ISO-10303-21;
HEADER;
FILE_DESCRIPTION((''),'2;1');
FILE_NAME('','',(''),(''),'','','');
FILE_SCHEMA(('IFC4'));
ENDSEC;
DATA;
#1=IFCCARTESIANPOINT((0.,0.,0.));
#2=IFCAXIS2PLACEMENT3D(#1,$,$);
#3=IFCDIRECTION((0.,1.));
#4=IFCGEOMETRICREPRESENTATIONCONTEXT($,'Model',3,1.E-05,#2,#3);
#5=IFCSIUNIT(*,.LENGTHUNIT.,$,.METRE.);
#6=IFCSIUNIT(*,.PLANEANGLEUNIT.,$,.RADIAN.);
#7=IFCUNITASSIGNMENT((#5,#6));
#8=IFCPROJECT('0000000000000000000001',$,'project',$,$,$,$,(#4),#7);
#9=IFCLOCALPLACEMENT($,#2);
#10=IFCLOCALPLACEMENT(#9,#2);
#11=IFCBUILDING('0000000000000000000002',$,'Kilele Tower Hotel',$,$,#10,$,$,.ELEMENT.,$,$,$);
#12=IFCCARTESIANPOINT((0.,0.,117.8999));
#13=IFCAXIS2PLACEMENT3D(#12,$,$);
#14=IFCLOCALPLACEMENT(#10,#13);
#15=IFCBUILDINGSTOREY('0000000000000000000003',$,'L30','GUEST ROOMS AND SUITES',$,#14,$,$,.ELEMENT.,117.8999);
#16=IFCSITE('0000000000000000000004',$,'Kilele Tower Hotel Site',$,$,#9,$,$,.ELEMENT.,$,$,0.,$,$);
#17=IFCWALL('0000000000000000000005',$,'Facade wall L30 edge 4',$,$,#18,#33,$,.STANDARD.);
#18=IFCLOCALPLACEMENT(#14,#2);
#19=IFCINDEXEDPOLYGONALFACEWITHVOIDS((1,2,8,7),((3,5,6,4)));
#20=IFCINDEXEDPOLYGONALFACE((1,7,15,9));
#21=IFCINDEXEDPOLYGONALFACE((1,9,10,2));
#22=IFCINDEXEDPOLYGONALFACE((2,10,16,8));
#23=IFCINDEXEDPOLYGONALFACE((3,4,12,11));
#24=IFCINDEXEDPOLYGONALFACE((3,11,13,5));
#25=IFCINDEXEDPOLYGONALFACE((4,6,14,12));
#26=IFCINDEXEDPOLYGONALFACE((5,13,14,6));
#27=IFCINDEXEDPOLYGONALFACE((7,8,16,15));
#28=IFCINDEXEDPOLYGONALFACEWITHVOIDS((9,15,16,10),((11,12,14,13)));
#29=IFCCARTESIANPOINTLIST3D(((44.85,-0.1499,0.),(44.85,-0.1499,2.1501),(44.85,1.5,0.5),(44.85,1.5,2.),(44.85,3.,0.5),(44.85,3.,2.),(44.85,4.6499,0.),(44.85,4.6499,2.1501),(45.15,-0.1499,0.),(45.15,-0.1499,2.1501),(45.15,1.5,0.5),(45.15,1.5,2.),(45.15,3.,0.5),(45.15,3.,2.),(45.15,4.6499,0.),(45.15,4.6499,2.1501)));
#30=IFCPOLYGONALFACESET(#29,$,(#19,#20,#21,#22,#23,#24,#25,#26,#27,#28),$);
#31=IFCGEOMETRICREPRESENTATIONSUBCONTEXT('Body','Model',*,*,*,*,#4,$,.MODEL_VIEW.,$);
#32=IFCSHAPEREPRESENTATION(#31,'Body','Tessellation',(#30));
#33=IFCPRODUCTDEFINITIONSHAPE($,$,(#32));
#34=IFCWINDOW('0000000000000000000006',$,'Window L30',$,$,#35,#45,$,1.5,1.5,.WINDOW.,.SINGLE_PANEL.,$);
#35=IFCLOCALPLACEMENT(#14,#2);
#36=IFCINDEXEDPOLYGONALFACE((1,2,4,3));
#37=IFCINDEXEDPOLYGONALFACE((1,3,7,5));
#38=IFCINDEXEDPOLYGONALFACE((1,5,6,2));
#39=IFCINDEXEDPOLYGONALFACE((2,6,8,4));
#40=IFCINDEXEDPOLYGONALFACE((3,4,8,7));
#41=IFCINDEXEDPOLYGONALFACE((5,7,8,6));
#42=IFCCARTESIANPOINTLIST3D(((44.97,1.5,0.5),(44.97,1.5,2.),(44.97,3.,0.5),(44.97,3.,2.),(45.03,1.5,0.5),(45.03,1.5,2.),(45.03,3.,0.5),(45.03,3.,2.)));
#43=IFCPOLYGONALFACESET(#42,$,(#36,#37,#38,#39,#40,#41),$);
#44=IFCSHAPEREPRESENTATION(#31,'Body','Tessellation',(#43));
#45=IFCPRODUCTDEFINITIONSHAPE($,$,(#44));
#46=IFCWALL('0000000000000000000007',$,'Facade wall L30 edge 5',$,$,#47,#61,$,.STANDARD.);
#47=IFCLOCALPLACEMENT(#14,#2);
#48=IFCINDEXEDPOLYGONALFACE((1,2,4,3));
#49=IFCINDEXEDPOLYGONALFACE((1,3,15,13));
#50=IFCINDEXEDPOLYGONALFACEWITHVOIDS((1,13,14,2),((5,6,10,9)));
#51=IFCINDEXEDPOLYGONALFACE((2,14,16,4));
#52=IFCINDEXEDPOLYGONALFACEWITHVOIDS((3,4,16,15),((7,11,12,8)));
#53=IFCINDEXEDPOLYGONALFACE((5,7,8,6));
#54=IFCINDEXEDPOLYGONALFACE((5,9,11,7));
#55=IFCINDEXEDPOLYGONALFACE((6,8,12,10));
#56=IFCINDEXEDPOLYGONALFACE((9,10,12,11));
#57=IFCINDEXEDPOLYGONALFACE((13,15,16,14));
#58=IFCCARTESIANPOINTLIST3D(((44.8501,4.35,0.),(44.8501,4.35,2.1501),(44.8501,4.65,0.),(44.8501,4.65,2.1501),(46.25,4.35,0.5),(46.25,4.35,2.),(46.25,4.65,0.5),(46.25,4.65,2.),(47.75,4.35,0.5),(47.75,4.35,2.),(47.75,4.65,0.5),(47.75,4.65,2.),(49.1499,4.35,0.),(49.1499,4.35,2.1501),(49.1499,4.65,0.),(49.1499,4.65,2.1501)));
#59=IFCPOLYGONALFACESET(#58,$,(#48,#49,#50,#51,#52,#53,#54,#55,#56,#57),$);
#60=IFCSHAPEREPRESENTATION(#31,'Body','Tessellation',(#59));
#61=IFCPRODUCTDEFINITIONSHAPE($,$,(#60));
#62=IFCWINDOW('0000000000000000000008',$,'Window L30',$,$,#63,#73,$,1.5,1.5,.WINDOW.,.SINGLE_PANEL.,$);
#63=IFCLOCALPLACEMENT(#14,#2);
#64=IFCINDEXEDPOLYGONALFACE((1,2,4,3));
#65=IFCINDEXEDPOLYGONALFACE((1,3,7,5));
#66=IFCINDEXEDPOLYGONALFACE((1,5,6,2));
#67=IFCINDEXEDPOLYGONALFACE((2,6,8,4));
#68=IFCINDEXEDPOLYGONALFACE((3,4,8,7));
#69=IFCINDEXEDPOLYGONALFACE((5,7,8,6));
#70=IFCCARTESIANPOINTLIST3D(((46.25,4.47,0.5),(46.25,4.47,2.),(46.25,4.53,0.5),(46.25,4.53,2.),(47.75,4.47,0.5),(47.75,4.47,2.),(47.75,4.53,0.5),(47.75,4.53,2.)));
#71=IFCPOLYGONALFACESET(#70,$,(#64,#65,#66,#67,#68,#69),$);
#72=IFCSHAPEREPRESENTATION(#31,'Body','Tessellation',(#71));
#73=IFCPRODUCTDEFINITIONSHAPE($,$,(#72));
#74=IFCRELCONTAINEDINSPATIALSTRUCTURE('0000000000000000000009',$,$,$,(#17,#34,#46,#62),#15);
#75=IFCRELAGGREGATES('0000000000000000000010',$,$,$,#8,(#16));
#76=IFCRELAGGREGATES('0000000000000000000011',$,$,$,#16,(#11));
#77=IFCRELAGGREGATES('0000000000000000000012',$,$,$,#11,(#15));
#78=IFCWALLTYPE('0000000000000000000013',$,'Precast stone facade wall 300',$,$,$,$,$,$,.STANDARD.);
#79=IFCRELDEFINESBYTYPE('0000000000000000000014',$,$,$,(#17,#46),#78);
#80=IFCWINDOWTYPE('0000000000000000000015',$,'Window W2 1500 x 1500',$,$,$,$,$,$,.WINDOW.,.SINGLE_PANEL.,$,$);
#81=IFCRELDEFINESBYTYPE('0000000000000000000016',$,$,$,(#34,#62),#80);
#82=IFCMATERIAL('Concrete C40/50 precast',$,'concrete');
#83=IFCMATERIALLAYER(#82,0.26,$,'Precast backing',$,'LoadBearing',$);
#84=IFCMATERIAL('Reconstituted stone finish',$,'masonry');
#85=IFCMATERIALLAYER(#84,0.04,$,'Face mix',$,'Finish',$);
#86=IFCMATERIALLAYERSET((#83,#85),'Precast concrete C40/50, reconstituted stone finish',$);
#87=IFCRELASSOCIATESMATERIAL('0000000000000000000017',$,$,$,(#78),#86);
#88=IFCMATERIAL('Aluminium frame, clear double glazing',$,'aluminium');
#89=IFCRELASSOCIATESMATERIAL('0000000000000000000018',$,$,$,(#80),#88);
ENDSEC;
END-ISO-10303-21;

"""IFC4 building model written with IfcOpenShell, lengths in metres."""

from ifc_helpers import new_model, si_unit, direction, frame, frame_2d, origin, place, context, subcontext, project, spatial, rectangle, extrude, material, layer, layer_set, type_object, element, fill, save


model = new_model("IFC4")

# Units and contexts
model_context = context("Model", 3, precision=1e-05, world=origin(), true_north=direction((0.0, 1.0)))
body_context = subcontext(model_context, "Body", "Model", "MODEL_VIEW")
ifc_project = project(units=[si_unit("LENGTHUNIT", "METRE"), si_unit("PLANEANGLEUNIT", "RADIAN")], contexts=[model_context])

# Site, building, storey
site_placement = place(None, origin())
site = spatial("IfcSite", under=ifc_project, at=site_placement, Name="Kilele Tower Hotel Site", CompositionType="ELEMENT", RefElevation=0.0)
building_placement = place(site_placement, origin())
building = spatial("IfcBuilding", under=site, at=building_placement, Name="Kilele Tower Hotel", CompositionType="ELEMENT")
storey_placement = place(building_placement, frame((0.0, 0.0, 117.8999)))
storey = spatial("IfcBuildingStorey", under=building, at=storey_placement, Name="L30", Description="GUEST ROOMS AND SUITES", CompositionType="ELEMENT", Elevation=117.8999)

# Walls, openings, windows
ifc_material_1 = material(Name="Concrete C40/50 precast", Category="concrete")
ifc_layer_1 = layer(ifc_material_1, 0.26, Name="Precast backing", Category="LoadBearing")
ifc_material_2 = material(Name="Reconstituted stone finish", Category="masonry")
ifc_layer_2 = layer(ifc_material_2, 0.04, Name="Face mix", Category="Finish")
ifc_layer_set_1 = layer_set([ifc_layer_1, ifc_layer_2], Name="Precast concrete C40/50, reconstituted stone finish")
wall_type_1 = type_object("IfcWallType", Name="Precast stone facade wall 300", PredefinedType="STANDARD", material=ifc_layer_set_1)
wall_1_placement = place(storey_placement, frame((45.0, -0.1499, 0.0), z_axis=(0.0, 0.0, 1.0), x_axis=(0.0, 1.0, 0.0)))
wall_1 = element("IfcWall", 1, at=wall_1_placement, inside=storey, type_object=wall_type_1, Name="Facade wall L30 edge 4", PredefinedType="STANDARD", context=body_context, shape_type="SweptSolid", body=[
    extrude(rectangle(XDim=4.7998, YDim=0.3, at=frame_2d((2.3999, 0.0))), origin(), (0.0, 0.0, 1.0), 2.1501),
])
opening_1_placement = place(wall_1_placement, frame((1.6499, 0.0, 0.5)))
opening_1 = element("IfcOpeningElement", 2, at=opening_1_placement, cuts=wall_1, PredefinedType="OPENING", context=body_context, shape_type="SweptSolid", body=[
    extrude(rectangle(XDim=1.5, YDim=1.5, at=frame_2d((0.75, 0.75))), frame((0.0, 0.1599, 0.0), z_axis=(0.0, -1.0, 0.0), x_axis=(1.0, 0.0, 0.0)), (0.0, 0.0, 1.0), 0.3201),
])
ifc_material_3 = material(Name="Aluminium frame, clear double glazing", Category="aluminium")
window_type = type_object("IfcWindowType", Name="Window W2 1500 x 1500", PartitioningType="SINGLE_PANEL", PredefinedType="WINDOW", material=ifc_material_3)
window_1_placement = place(opening_1_placement, origin())
window_1 = element("IfcWindow", 3, at=window_1_placement, inside=storey, type_object=window_type, Name="Window L30", OverallHeight=1.5, OverallWidth=1.5, PartitioningType="SINGLE_PANEL", PredefinedType="WINDOW", context=body_context, shape_type="SweptSolid", body=[
    extrude(rectangle(XDim=1.5, YDim=1.5, at=frame_2d((0.75, 0.75))), frame((0.0, 0.03, 0.0), z_axis=(0.0, -1.0, 0.0), x_axis=(1.0, 0.0, 0.0)), (0.0, 0.0, 1.0), 0.0601),
])
fill(opening_1, window_1)
wall_2_placement = place(storey_placement, frame((44.8501, 4.5, 0.0), z_axis=(0.0, 0.0, 1.0), x_axis=(1.0, 0.0, 0.0)))
wall_2 = element("IfcWall", 4, at=wall_2_placement, inside=storey, type_object=wall_type_1, Name="Facade wall L30 edge 5", PredefinedType="STANDARD", context=body_context, shape_type="SweptSolid", body=[
    extrude(rectangle(XDim=4.2998, YDim=0.3, at=frame_2d((2.1499, 0.0))), origin(), (0.0, 0.0, 1.0), 2.1501),
])
opening_2_placement = place(wall_2_placement, frame((1.3999, 0.0, 0.5)))
opening_2 = element("IfcOpeningElement", 5, at=opening_2_placement, cuts=wall_2, PredefinedType="OPENING", context=body_context, shape_type="SweptSolid", body=[
    extrude(rectangle(XDim=1.5, YDim=1.5, at=frame_2d((0.75, 0.75))), frame((0.0, 0.1599, 0.0), z_axis=(0.0, -1.0, 0.0), x_axis=(1.0, 0.0, 0.0)), (0.0, 0.0, 1.0), 0.3201),
])
window_2_placement = place(opening_2_placement, origin())
window_2 = element("IfcWindow", 6, at=window_2_placement, inside=storey, type_object=window_type, Name="Window L30", OverallHeight=1.5, OverallWidth=1.5, PartitioningType="SINGLE_PANEL", PredefinedType="WINDOW", context=body_context, shape_type="SweptSolid", body=[
    extrude(rectangle(XDim=1.5, YDim=1.5, at=frame_2d((0.75, 0.75))), frame((0.0, 0.03, 0.0), z_axis=(0.0, -1.0, 0.0), x_axis=(1.0, 0.0, 0.0)), (0.0, 0.0, 1.0), 0.0601),
])
fill(opening_2, window_2)

save(model, "model.ifc")
